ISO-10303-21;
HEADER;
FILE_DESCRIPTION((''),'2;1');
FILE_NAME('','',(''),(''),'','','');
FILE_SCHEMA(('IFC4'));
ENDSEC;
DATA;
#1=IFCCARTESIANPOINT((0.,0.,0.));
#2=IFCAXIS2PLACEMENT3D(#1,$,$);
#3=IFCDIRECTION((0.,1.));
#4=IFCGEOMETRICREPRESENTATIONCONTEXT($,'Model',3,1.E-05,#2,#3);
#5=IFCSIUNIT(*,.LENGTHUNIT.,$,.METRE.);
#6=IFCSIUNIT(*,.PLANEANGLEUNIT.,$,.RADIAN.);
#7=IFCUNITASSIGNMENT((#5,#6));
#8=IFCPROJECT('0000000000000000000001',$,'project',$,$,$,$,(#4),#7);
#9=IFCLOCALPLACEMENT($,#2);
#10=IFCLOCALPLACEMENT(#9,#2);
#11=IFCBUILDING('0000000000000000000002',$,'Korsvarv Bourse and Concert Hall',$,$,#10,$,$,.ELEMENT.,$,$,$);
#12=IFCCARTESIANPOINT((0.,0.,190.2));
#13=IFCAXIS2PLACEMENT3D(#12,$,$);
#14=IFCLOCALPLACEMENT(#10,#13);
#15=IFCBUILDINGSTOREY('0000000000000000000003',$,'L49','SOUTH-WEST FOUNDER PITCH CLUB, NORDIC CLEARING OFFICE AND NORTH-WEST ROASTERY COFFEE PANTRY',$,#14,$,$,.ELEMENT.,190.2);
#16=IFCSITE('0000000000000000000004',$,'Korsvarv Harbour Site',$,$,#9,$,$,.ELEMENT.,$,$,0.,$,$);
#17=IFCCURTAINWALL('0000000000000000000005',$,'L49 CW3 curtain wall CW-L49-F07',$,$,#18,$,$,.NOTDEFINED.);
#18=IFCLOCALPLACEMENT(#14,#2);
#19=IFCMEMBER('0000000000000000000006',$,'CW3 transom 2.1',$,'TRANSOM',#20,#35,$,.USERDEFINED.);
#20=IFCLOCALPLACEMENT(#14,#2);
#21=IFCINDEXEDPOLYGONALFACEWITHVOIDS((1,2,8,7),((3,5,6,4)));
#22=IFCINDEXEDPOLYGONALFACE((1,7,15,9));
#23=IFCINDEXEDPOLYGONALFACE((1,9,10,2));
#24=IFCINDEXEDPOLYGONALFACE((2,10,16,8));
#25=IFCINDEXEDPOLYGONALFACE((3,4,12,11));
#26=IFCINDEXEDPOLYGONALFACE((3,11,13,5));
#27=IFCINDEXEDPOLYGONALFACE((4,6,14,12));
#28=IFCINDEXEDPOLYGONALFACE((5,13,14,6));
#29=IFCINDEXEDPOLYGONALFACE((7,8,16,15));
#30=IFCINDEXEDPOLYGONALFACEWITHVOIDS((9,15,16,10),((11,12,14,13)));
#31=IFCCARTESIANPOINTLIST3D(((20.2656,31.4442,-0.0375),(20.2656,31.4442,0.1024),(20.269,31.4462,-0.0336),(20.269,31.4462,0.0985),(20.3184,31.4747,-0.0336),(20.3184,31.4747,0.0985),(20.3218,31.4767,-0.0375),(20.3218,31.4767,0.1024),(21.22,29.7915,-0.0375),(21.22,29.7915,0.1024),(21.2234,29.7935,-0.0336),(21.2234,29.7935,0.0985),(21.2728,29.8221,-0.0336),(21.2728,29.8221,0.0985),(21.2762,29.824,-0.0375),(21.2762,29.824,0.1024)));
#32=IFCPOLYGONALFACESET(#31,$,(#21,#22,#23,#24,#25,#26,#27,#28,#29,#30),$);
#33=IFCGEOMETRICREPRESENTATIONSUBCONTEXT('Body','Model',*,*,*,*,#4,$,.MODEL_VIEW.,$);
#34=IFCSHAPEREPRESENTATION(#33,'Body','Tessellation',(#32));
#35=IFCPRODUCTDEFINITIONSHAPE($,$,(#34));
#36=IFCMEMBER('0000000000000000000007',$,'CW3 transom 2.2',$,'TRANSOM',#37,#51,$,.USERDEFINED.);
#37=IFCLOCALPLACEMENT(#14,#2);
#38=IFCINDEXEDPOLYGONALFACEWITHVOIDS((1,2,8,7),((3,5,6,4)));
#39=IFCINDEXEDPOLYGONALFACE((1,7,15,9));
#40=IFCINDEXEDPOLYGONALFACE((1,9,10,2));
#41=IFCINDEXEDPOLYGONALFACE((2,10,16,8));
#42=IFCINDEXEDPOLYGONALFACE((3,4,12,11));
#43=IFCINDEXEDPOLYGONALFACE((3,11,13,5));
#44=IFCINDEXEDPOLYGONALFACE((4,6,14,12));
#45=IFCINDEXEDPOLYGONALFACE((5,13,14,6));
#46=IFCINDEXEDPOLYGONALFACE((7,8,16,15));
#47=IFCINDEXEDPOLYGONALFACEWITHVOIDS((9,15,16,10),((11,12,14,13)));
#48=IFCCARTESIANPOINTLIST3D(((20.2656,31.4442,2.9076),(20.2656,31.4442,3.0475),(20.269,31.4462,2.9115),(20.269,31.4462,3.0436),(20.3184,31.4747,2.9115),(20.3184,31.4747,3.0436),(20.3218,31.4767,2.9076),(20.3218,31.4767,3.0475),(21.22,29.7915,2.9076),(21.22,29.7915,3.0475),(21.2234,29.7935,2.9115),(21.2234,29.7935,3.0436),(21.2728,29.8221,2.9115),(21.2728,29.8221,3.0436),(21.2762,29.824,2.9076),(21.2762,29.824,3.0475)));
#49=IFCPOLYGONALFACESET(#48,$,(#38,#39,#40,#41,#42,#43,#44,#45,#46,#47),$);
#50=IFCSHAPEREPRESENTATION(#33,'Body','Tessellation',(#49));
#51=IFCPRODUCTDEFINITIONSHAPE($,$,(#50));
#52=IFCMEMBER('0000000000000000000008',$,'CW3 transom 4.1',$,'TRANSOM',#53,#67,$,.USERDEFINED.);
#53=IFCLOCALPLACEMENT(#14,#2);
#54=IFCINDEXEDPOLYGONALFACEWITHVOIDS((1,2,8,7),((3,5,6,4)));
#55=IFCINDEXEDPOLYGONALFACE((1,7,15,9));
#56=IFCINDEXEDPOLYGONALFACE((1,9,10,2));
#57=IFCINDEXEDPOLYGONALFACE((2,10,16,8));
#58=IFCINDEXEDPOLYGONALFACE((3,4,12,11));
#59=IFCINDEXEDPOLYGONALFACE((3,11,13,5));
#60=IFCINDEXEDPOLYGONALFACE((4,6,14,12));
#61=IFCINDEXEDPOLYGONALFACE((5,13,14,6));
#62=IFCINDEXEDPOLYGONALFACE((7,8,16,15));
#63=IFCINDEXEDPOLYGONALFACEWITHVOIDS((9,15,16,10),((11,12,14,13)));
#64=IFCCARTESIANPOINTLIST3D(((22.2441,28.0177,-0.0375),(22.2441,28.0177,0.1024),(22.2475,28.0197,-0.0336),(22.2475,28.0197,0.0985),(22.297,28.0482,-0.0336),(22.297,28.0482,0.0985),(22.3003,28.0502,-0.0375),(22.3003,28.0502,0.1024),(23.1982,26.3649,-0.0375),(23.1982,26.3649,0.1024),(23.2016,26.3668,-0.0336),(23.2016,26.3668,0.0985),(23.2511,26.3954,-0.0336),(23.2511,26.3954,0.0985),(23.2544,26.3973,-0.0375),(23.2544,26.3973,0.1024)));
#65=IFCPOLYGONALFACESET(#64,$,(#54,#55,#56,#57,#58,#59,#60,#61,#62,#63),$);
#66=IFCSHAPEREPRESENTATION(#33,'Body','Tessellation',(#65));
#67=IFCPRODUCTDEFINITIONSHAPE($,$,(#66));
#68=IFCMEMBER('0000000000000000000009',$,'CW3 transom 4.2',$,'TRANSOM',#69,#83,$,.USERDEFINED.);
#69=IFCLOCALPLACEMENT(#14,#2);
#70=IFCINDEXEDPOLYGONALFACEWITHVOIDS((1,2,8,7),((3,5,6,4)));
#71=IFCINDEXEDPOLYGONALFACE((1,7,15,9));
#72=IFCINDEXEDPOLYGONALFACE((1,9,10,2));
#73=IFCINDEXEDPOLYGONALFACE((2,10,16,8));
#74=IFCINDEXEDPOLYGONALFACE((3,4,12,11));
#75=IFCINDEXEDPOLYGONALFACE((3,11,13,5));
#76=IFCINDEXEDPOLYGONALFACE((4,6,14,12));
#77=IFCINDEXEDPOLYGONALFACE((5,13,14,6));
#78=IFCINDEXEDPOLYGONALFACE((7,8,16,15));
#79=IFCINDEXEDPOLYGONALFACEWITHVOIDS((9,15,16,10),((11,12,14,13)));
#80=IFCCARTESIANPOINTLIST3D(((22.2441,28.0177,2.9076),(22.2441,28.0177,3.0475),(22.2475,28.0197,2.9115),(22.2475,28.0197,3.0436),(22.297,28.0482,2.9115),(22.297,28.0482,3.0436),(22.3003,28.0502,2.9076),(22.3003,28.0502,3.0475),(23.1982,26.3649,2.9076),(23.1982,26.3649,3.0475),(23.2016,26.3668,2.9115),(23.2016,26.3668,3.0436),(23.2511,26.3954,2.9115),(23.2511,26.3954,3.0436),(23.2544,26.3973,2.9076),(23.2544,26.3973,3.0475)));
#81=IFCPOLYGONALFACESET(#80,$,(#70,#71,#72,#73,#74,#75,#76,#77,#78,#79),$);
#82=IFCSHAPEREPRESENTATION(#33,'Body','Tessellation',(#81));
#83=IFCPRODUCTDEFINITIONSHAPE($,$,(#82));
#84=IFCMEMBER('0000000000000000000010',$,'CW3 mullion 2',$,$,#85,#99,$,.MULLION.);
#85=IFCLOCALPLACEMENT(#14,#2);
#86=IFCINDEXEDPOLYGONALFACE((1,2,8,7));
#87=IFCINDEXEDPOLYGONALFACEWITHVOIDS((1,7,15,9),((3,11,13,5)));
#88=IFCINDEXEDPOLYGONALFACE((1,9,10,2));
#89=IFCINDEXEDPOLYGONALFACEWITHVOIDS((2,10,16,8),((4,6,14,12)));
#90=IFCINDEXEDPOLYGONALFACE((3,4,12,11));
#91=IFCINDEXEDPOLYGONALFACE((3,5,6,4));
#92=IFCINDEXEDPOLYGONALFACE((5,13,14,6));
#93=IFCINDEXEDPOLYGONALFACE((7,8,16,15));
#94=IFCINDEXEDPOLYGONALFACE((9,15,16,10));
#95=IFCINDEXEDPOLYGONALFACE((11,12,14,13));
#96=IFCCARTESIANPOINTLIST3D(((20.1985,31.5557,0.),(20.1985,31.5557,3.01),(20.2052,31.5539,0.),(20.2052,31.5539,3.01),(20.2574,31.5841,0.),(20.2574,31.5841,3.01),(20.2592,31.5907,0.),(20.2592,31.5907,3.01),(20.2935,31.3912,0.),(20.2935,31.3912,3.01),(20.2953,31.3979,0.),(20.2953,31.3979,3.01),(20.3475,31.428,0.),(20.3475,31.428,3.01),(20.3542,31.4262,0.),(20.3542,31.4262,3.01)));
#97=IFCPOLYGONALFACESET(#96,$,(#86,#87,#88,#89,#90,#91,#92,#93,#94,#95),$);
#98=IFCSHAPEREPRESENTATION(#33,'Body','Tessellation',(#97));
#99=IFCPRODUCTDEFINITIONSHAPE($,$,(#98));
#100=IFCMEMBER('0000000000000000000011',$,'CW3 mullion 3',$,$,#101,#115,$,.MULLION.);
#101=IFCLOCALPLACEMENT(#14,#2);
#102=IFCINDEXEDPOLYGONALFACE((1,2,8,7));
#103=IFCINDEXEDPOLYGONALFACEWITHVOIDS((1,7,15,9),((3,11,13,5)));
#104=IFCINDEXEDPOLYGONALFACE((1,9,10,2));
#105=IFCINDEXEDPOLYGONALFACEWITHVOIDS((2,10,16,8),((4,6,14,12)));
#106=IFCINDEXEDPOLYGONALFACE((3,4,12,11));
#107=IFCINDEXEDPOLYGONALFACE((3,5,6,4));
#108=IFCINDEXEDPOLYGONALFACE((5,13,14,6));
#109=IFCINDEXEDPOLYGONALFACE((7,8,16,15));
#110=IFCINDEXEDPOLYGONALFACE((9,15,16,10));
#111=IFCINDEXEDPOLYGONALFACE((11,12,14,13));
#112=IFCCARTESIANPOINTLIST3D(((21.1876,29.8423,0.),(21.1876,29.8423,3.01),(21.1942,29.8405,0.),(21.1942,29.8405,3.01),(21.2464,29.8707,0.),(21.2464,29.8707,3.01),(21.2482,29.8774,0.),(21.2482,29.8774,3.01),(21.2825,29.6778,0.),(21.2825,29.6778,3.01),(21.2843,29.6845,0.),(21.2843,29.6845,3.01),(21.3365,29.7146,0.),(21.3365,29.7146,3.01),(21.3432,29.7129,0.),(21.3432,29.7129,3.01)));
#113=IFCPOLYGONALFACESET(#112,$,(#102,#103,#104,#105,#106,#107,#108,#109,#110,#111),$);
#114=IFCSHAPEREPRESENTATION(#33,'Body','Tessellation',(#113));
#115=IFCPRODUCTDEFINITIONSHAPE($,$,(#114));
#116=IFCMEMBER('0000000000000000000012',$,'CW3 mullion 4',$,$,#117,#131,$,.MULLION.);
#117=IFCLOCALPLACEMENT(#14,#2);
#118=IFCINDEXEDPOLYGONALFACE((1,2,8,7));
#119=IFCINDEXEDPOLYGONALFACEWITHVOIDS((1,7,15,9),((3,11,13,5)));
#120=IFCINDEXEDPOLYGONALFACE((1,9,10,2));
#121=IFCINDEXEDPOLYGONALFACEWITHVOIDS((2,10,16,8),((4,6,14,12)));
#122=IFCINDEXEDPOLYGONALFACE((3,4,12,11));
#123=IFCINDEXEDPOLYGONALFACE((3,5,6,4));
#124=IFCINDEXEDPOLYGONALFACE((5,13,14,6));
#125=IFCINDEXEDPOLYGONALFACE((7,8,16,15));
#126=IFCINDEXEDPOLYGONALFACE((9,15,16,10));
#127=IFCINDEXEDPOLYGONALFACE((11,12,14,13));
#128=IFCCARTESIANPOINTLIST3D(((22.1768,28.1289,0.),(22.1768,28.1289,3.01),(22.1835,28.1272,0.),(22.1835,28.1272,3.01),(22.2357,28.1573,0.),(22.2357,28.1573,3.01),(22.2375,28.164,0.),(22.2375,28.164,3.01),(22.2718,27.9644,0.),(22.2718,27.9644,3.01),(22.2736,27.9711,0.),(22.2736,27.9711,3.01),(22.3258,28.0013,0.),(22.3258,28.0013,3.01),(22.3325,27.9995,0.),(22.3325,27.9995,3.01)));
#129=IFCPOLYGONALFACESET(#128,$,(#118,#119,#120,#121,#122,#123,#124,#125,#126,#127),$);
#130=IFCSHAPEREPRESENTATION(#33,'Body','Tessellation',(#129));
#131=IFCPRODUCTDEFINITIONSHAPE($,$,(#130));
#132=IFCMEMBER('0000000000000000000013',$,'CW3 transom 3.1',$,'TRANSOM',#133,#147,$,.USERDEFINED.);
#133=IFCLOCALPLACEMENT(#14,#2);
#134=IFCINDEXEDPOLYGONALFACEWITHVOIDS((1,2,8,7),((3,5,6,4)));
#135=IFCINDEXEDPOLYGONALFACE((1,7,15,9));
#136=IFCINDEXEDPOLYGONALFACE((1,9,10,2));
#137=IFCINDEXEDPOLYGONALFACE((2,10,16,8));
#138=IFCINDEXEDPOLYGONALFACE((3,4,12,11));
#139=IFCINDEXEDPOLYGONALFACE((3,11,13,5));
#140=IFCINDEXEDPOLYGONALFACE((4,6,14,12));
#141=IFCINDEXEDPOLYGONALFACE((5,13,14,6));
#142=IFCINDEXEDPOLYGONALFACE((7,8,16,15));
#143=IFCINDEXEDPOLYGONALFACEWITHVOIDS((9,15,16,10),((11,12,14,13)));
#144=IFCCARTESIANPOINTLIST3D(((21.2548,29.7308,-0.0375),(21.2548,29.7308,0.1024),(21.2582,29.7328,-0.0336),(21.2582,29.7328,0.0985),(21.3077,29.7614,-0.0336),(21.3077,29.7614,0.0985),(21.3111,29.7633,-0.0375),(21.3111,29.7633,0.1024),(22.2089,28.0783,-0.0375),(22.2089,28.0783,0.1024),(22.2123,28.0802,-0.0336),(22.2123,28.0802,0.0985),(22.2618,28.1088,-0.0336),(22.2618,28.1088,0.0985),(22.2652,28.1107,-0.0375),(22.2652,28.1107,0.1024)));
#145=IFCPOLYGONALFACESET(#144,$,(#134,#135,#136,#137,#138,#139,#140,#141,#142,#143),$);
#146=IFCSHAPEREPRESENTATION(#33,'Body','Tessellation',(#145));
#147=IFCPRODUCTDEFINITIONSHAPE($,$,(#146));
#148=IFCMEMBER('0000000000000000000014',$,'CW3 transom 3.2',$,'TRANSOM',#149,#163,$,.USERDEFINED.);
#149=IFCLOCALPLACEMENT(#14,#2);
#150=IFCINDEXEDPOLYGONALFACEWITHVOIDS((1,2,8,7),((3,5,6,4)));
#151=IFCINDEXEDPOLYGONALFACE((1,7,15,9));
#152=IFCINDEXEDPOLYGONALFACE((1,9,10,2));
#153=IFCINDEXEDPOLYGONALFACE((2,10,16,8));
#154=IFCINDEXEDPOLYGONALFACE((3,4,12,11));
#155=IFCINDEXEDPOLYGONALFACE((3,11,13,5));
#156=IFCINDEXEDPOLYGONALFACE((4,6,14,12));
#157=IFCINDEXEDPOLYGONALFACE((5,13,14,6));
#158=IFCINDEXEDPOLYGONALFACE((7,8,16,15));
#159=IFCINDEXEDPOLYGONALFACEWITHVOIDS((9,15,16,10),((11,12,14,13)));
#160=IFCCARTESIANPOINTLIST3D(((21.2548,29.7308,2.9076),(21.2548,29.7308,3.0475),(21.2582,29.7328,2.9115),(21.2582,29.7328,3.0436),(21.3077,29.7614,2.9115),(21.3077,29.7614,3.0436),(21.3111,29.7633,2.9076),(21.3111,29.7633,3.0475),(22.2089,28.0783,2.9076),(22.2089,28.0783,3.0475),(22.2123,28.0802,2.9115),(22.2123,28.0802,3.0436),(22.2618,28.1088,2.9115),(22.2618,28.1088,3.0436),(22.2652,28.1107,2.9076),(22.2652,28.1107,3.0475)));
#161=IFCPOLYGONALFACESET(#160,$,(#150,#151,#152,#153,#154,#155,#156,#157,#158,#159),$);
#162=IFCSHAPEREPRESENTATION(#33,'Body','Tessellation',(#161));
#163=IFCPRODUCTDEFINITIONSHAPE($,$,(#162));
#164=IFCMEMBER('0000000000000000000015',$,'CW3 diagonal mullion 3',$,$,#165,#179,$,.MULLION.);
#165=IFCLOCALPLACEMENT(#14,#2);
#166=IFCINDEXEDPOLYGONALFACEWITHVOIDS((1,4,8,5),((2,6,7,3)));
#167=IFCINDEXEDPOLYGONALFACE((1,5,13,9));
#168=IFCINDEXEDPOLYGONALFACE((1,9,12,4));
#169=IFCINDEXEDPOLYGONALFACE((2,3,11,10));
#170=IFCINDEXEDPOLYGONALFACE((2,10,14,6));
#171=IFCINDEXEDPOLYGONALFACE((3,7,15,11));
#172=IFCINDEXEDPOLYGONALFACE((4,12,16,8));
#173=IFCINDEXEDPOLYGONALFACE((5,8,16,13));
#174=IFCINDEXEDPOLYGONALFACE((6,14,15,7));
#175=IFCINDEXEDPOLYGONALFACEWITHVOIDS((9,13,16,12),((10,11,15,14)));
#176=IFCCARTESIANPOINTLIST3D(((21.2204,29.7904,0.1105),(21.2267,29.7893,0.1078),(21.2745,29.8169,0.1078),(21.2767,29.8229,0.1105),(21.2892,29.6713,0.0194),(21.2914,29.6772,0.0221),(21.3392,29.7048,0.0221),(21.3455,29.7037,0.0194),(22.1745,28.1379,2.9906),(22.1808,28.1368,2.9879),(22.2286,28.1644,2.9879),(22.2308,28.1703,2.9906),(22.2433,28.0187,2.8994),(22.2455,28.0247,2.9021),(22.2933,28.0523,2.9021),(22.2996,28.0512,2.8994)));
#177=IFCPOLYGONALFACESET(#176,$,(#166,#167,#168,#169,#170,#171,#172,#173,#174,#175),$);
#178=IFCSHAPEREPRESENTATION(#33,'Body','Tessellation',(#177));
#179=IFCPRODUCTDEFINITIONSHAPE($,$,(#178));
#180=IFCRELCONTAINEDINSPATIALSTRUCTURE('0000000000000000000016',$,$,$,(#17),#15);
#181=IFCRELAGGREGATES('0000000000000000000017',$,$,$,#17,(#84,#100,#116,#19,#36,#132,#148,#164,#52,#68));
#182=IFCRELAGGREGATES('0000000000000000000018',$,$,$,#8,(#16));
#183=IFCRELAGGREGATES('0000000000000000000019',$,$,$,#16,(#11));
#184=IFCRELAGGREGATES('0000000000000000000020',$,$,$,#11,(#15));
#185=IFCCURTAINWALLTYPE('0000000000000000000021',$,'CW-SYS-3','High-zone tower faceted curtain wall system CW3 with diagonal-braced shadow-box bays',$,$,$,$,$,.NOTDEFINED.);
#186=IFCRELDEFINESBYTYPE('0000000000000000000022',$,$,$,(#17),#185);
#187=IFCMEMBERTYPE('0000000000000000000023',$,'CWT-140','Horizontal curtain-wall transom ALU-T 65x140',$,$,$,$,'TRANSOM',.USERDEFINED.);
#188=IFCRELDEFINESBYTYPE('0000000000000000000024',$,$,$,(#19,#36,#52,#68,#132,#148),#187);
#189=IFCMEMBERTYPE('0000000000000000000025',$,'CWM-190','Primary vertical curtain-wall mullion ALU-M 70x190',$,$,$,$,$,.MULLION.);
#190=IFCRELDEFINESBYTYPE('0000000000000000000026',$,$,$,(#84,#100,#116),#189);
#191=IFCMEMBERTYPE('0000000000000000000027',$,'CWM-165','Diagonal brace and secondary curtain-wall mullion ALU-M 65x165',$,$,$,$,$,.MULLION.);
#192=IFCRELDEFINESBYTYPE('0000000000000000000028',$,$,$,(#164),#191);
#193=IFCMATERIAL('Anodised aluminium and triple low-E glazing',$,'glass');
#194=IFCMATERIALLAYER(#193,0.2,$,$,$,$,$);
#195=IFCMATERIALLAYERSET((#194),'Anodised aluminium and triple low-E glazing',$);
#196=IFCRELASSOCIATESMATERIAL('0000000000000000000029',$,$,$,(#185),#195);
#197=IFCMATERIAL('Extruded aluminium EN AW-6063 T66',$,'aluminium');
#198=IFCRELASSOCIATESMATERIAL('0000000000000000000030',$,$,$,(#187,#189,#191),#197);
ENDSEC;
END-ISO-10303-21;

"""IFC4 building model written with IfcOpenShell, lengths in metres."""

from ifc_helpers import new_model, si_unit, direction, frame, origin, origin_2d, place, context, subcontext, project, spatial, hollow_rectangle, extrude, source, transform, mapped, material, layer, layer_set, material_profile, profile_set, type_object, element, aggregate, save


model = new_model("IFC4")

# Units and contexts
model_context = context("Model", 3, precision=1e-05, world=origin(), true_north=direction((0.0, 1.0)))
body_context = subcontext(model_context, "Body", "Model", "MODEL_VIEW")
ifc_project = project(units=[si_unit("LENGTHUNIT", "METRE"), si_unit("PLANEANGLEUNIT", "RADIAN")], contexts=[model_context])

# Site, building, storey
site_placement = place(None, origin())
site = spatial("IfcSite", under=ifc_project, at=site_placement, Name="Korsvarv Harbour Site", CompositionType="ELEMENT", RefElevation=0.0)
building_placement = place(site_placement, origin())
building = spatial("IfcBuilding", under=site, at=building_placement, Name="Korsvarv Bourse and Concert Hall", CompositionType="ELEMENT")
storey_placement = place(building_placement, frame((0.0, 0.0, 190.2)))
storey = spatial("IfcBuildingStorey", under=building, at=storey_placement, Name="L49", Description="SOUTH-WEST FOUNDER PITCH CLUB, NORDIC CLEARING OFFICE AND NORTH-WEST ROASTERY COFFEE PANTRY", CompositionType="ELEMENT", Elevation=190.2)

# Curtain wall, members
ifc_material_1 = material(Name="Anodised aluminium and triple low-E glazing", Category="glass")
ifc_layer_1 = layer(ifc_material_1, 0.2)
ifc_layer_set_1 = layer_set([ifc_layer_1], Name="Anodised aluminium and triple low-E glazing")
curtain_wall_type = type_object("IfcCurtainWallType", Name="CW-SYS-3", Description="High-zone tower faceted curtain wall system CW3 with diagonal-braced shadow-box bays", PredefinedType="NOTDEFINED", material=ifc_layer_set_1)
curtain_wall_placement = place(storey_placement, origin())
curtain_wall = element("IfcCurtainWall", 1, at=curtain_wall_placement, inside=storey, type_object=curtain_wall_type, Name="L49 CW3 curtain wall CW-L49-F07", PredefinedType="NOTDEFINED")
ifc_material_2 = material(Name="Extruded aluminium EN AW-6063 T66", Category="aluminium")
ifc_material_profile_1 = material_profile(ifc_material_2, hollow_rectangle(XDim=0.0649, YDim=0.1399, WallThickness=0.0039, at=origin_2d()), Name="ALU-T 65x140")
ifc_profile_set_1 = profile_set([ifc_material_profile_1], Name="Extruded aluminium EN AW-6063 T66")
member_type_1 = type_object("IfcMemberType", Name="CWT-140", Description="Horizontal curtain-wall transom ALU-T 65x140", ElementType="TRANSOM", PredefinedType="USERDEFINED", material=ifc_profile_set_1)
shared_shape_1 = source(origin(), body_context, "Body", "SweptSolid", [
    extrude(hollow_rectangle(XDim=0.0649, YDim=0.1399, WallThickness=0.0039, at=origin_2d()), origin(), (0.0, 0.0, 1.0), 1.9084),
])
member_1_placement = place(storey_placement, frame((20.2937, 31.4604, 0.0325), z_axis=(0.500088, -0.865975, 0.0), x_axis=(0.865975, 0.500088, 0.0)))
member_1 = element("IfcMember", 2, at=member_1_placement, type_object=member_type_1, Name="CW3 transom 2.1", ObjectType="TRANSOM", PredefinedType="USERDEFINED", context=body_context, shape_type="MappedRepresentation", body=[
    mapped(shared_shape_1, transform((0.0, 0.0, 0.0), scale=1.0)),
])
member_2_placement = place(storey_placement, frame((20.2937, 31.4604, 2.9775), z_axis=(0.500088, -0.865975, 0.0), x_axis=(0.865975, 0.500088, 0.0)))
member_2 = element("IfcMember", 3, at=member_2_placement, type_object=member_type_1, Name="CW3 transom 2.2", ObjectType="TRANSOM", PredefinedType="USERDEFINED", context=body_context, shape_type="MappedRepresentation", body=[
    mapped(shared_shape_1, transform((0.0, 0.0, 0.0), scale=1.0)),
])
member_3_placement = place(storey_placement, frame((22.2722, 28.0339, 0.0325), z_axis=(0.499937, -0.866062, 0.0), x_axis=(0.866062, 0.499937, 0.0)))
member_3 = element("IfcMember", 4, at=member_3_placement, type_object=member_type_1, Name="CW3 transom 4.1", ObjectType="TRANSOM", PredefinedType="USERDEFINED", context=body_context, shape_type="MappedRepresentation", body=[
    mapped(shared_shape_1, transform((0.0, 0.0, 0.0), scale=1.0)),
])
member_4_placement = place(storey_placement, frame((22.2722, 28.0339, 2.9775), z_axis=(0.499937, -0.866062, 0.0), x_axis=(0.866062, 0.499937, 0.0)))
member_4 = element("IfcMember", 5, at=member_4_placement, type_object=member_type_1, Name="CW3 transom 4.2", ObjectType="TRANSOM", PredefinedType="USERDEFINED", context=body_context, shape_type="MappedRepresentation", body=[
    mapped(shared_shape_1, transform((0.0, 0.0, 0.0), scale=1.0)),
])
ifc_material_profile_2 = material_profile(ifc_material_2, hollow_rectangle(XDim=0.0701, YDim=0.1899, WallThickness=0.0049, at=origin_2d()), Name="ALU-M 70x190")
ifc_profile_set_2 = profile_set([ifc_material_profile_2], Name="Extruded aluminium EN AW-6063 T66")
member_type_2 = type_object("IfcMemberType", Name="CWM-190", Description="Primary vertical curtain-wall mullion ALU-M 70x190", PredefinedType="MULLION", material=ifc_profile_set_2)
shared_shape_2 = source(origin(), body_context, "Body", "SweptSolid", [
    extrude(hollow_rectangle(XDim=0.0701, YDim=0.1899, WallThickness=0.0049, at=origin_2d()), origin(), (0.0, 0.0, 1.0), 3.01),
])
member_5_placement = place(storey_placement, frame((20.2764, 31.491, 0.0), z_axis=(0.0, 0.0, 1.0), x_axis=(0.86603, 0.499993, 0.0)))
member_5 = element("IfcMember", 6, at=member_5_placement, type_object=member_type_2, Name="CW3 mullion 2", PredefinedType="MULLION", context=body_context, shape_type="MappedRepresentation", body=[
    mapped(shared_shape_2, transform((0.0, 0.0, 0.0), scale=1.0)),
])
member_6_placement = place(storey_placement, frame((21.2654, 29.7776, 0.0), z_axis=(0.0, 0.0, 1.0), x_axis=(0.86603, 0.499993, 0.0)))
member_6 = element("IfcMember", 7, at=member_6_placement, type_object=member_type_2, Name="CW3 mullion 3", PredefinedType="MULLION", context=body_context, shape_type="MappedRepresentation", body=[
    mapped(shared_shape_2, transform((0.0, 0.0, 0.0), scale=1.0)),
])
member_7_placement = place(storey_placement, frame((22.2546, 28.0642, 0.0), z_axis=(0.0, 0.0, 1.0), x_axis=(0.86603, 0.499993, 0.0)))
member_7 = element("IfcMember", 8, at=member_7_placement, type_object=member_type_2, Name="CW3 mullion 4", PredefinedType="MULLION", context=body_context, shape_type="MappedRepresentation", body=[
    mapped(shared_shape_2, transform((0.0, 0.0, 0.0), scale=1.0)),
])
shared_shape_3 = source(origin(), body_context, "Body", "SweptSolid", [
    extrude(hollow_rectangle(XDim=0.0649, YDim=0.1399, WallThickness=0.0039, at=origin_2d()), origin(), (0.0, 0.0, 1.0), 1.9082),
])
member_8_placement = place(storey_placement, frame((21.283, 29.7471, 0.0325), z_axis=(0.499992, -0.86603, 0.0), x_axis=(0.86603, 0.499992, 0.0)))
member_8 = element("IfcMember", 9, at=member_8_placement, type_object=member_type_1, Name="CW3 transom 3.1", ObjectType="TRANSOM", PredefinedType="USERDEFINED", context=body_context, shape_type="MappedRepresentation", body=[
    mapped(shared_shape_3, transform((0.0, 0.0, 0.0), scale=1.0)),
])
member_9_placement = place(storey_placement, frame((21.283, 29.7471, 2.9775), z_axis=(0.499992, -0.86603, 0.0), x_axis=(0.86603, 0.499992, 0.0)))
member_9 = element("IfcMember", 10, at=member_9_placement, type_object=member_type_1, Name="CW3 transom 3.2", ObjectType="TRANSOM", PredefinedType="USERDEFINED", context=body_context, shape_type="MappedRepresentation", body=[
    mapped(shared_shape_3, transform((0.0, 0.0, 0.0), scale=1.0)),
])
ifc_material_profile_3 = material_profile(ifc_material_2, hollow_rectangle(XDim=0.0649, YDim=0.165, WallThickness=0.0049, at=origin_2d()), Name="ALU-M 65x165")
ifc_profile_set_3 = profile_set([ifc_material_profile_3], Name="Extruded aluminium EN AW-6063 T66")
member_type_3 = type_object("IfcMemberType", Name="CWM-165", Description="Diagonal brace and secondary curtain-wall mullion ALU-M 65x165", PredefinedType="MULLION", material=ifc_profile_set_3)
shared_shape_4 = source(origin(), body_context, "Body", "SweptSolid", [
    extrude(hollow_rectangle(XDim=0.0649, YDim=0.165, WallThickness=0.0049, at=origin_2d()), origin(), (0.0, 0.0, 1.0), 3.4548),
])
member_10_placement = place(storey_placement, frame((21.283, 29.7471, 0.0649), z_axis=(0.276157, -0.478329, 0.83363), x_axis=(0.86603, 0.499992, 0.0)))
member_10 = element("IfcMember", 11, at=member_10_placement, type_object=member_type_3, Name="CW3 diagonal mullion 3", PredefinedType="MULLION", context=body_context, shape_type="MappedRepresentation", body=[
    mapped(shared_shape_4, transform((0.0, 0.0, 0.0), scale=1.0)),
])

aggregate(curtain_wall, [member_5, member_6, member_7, member_1, member_2, member_8, member_9, member_10, member_3, member_4])

save(model, "model.ifc")
